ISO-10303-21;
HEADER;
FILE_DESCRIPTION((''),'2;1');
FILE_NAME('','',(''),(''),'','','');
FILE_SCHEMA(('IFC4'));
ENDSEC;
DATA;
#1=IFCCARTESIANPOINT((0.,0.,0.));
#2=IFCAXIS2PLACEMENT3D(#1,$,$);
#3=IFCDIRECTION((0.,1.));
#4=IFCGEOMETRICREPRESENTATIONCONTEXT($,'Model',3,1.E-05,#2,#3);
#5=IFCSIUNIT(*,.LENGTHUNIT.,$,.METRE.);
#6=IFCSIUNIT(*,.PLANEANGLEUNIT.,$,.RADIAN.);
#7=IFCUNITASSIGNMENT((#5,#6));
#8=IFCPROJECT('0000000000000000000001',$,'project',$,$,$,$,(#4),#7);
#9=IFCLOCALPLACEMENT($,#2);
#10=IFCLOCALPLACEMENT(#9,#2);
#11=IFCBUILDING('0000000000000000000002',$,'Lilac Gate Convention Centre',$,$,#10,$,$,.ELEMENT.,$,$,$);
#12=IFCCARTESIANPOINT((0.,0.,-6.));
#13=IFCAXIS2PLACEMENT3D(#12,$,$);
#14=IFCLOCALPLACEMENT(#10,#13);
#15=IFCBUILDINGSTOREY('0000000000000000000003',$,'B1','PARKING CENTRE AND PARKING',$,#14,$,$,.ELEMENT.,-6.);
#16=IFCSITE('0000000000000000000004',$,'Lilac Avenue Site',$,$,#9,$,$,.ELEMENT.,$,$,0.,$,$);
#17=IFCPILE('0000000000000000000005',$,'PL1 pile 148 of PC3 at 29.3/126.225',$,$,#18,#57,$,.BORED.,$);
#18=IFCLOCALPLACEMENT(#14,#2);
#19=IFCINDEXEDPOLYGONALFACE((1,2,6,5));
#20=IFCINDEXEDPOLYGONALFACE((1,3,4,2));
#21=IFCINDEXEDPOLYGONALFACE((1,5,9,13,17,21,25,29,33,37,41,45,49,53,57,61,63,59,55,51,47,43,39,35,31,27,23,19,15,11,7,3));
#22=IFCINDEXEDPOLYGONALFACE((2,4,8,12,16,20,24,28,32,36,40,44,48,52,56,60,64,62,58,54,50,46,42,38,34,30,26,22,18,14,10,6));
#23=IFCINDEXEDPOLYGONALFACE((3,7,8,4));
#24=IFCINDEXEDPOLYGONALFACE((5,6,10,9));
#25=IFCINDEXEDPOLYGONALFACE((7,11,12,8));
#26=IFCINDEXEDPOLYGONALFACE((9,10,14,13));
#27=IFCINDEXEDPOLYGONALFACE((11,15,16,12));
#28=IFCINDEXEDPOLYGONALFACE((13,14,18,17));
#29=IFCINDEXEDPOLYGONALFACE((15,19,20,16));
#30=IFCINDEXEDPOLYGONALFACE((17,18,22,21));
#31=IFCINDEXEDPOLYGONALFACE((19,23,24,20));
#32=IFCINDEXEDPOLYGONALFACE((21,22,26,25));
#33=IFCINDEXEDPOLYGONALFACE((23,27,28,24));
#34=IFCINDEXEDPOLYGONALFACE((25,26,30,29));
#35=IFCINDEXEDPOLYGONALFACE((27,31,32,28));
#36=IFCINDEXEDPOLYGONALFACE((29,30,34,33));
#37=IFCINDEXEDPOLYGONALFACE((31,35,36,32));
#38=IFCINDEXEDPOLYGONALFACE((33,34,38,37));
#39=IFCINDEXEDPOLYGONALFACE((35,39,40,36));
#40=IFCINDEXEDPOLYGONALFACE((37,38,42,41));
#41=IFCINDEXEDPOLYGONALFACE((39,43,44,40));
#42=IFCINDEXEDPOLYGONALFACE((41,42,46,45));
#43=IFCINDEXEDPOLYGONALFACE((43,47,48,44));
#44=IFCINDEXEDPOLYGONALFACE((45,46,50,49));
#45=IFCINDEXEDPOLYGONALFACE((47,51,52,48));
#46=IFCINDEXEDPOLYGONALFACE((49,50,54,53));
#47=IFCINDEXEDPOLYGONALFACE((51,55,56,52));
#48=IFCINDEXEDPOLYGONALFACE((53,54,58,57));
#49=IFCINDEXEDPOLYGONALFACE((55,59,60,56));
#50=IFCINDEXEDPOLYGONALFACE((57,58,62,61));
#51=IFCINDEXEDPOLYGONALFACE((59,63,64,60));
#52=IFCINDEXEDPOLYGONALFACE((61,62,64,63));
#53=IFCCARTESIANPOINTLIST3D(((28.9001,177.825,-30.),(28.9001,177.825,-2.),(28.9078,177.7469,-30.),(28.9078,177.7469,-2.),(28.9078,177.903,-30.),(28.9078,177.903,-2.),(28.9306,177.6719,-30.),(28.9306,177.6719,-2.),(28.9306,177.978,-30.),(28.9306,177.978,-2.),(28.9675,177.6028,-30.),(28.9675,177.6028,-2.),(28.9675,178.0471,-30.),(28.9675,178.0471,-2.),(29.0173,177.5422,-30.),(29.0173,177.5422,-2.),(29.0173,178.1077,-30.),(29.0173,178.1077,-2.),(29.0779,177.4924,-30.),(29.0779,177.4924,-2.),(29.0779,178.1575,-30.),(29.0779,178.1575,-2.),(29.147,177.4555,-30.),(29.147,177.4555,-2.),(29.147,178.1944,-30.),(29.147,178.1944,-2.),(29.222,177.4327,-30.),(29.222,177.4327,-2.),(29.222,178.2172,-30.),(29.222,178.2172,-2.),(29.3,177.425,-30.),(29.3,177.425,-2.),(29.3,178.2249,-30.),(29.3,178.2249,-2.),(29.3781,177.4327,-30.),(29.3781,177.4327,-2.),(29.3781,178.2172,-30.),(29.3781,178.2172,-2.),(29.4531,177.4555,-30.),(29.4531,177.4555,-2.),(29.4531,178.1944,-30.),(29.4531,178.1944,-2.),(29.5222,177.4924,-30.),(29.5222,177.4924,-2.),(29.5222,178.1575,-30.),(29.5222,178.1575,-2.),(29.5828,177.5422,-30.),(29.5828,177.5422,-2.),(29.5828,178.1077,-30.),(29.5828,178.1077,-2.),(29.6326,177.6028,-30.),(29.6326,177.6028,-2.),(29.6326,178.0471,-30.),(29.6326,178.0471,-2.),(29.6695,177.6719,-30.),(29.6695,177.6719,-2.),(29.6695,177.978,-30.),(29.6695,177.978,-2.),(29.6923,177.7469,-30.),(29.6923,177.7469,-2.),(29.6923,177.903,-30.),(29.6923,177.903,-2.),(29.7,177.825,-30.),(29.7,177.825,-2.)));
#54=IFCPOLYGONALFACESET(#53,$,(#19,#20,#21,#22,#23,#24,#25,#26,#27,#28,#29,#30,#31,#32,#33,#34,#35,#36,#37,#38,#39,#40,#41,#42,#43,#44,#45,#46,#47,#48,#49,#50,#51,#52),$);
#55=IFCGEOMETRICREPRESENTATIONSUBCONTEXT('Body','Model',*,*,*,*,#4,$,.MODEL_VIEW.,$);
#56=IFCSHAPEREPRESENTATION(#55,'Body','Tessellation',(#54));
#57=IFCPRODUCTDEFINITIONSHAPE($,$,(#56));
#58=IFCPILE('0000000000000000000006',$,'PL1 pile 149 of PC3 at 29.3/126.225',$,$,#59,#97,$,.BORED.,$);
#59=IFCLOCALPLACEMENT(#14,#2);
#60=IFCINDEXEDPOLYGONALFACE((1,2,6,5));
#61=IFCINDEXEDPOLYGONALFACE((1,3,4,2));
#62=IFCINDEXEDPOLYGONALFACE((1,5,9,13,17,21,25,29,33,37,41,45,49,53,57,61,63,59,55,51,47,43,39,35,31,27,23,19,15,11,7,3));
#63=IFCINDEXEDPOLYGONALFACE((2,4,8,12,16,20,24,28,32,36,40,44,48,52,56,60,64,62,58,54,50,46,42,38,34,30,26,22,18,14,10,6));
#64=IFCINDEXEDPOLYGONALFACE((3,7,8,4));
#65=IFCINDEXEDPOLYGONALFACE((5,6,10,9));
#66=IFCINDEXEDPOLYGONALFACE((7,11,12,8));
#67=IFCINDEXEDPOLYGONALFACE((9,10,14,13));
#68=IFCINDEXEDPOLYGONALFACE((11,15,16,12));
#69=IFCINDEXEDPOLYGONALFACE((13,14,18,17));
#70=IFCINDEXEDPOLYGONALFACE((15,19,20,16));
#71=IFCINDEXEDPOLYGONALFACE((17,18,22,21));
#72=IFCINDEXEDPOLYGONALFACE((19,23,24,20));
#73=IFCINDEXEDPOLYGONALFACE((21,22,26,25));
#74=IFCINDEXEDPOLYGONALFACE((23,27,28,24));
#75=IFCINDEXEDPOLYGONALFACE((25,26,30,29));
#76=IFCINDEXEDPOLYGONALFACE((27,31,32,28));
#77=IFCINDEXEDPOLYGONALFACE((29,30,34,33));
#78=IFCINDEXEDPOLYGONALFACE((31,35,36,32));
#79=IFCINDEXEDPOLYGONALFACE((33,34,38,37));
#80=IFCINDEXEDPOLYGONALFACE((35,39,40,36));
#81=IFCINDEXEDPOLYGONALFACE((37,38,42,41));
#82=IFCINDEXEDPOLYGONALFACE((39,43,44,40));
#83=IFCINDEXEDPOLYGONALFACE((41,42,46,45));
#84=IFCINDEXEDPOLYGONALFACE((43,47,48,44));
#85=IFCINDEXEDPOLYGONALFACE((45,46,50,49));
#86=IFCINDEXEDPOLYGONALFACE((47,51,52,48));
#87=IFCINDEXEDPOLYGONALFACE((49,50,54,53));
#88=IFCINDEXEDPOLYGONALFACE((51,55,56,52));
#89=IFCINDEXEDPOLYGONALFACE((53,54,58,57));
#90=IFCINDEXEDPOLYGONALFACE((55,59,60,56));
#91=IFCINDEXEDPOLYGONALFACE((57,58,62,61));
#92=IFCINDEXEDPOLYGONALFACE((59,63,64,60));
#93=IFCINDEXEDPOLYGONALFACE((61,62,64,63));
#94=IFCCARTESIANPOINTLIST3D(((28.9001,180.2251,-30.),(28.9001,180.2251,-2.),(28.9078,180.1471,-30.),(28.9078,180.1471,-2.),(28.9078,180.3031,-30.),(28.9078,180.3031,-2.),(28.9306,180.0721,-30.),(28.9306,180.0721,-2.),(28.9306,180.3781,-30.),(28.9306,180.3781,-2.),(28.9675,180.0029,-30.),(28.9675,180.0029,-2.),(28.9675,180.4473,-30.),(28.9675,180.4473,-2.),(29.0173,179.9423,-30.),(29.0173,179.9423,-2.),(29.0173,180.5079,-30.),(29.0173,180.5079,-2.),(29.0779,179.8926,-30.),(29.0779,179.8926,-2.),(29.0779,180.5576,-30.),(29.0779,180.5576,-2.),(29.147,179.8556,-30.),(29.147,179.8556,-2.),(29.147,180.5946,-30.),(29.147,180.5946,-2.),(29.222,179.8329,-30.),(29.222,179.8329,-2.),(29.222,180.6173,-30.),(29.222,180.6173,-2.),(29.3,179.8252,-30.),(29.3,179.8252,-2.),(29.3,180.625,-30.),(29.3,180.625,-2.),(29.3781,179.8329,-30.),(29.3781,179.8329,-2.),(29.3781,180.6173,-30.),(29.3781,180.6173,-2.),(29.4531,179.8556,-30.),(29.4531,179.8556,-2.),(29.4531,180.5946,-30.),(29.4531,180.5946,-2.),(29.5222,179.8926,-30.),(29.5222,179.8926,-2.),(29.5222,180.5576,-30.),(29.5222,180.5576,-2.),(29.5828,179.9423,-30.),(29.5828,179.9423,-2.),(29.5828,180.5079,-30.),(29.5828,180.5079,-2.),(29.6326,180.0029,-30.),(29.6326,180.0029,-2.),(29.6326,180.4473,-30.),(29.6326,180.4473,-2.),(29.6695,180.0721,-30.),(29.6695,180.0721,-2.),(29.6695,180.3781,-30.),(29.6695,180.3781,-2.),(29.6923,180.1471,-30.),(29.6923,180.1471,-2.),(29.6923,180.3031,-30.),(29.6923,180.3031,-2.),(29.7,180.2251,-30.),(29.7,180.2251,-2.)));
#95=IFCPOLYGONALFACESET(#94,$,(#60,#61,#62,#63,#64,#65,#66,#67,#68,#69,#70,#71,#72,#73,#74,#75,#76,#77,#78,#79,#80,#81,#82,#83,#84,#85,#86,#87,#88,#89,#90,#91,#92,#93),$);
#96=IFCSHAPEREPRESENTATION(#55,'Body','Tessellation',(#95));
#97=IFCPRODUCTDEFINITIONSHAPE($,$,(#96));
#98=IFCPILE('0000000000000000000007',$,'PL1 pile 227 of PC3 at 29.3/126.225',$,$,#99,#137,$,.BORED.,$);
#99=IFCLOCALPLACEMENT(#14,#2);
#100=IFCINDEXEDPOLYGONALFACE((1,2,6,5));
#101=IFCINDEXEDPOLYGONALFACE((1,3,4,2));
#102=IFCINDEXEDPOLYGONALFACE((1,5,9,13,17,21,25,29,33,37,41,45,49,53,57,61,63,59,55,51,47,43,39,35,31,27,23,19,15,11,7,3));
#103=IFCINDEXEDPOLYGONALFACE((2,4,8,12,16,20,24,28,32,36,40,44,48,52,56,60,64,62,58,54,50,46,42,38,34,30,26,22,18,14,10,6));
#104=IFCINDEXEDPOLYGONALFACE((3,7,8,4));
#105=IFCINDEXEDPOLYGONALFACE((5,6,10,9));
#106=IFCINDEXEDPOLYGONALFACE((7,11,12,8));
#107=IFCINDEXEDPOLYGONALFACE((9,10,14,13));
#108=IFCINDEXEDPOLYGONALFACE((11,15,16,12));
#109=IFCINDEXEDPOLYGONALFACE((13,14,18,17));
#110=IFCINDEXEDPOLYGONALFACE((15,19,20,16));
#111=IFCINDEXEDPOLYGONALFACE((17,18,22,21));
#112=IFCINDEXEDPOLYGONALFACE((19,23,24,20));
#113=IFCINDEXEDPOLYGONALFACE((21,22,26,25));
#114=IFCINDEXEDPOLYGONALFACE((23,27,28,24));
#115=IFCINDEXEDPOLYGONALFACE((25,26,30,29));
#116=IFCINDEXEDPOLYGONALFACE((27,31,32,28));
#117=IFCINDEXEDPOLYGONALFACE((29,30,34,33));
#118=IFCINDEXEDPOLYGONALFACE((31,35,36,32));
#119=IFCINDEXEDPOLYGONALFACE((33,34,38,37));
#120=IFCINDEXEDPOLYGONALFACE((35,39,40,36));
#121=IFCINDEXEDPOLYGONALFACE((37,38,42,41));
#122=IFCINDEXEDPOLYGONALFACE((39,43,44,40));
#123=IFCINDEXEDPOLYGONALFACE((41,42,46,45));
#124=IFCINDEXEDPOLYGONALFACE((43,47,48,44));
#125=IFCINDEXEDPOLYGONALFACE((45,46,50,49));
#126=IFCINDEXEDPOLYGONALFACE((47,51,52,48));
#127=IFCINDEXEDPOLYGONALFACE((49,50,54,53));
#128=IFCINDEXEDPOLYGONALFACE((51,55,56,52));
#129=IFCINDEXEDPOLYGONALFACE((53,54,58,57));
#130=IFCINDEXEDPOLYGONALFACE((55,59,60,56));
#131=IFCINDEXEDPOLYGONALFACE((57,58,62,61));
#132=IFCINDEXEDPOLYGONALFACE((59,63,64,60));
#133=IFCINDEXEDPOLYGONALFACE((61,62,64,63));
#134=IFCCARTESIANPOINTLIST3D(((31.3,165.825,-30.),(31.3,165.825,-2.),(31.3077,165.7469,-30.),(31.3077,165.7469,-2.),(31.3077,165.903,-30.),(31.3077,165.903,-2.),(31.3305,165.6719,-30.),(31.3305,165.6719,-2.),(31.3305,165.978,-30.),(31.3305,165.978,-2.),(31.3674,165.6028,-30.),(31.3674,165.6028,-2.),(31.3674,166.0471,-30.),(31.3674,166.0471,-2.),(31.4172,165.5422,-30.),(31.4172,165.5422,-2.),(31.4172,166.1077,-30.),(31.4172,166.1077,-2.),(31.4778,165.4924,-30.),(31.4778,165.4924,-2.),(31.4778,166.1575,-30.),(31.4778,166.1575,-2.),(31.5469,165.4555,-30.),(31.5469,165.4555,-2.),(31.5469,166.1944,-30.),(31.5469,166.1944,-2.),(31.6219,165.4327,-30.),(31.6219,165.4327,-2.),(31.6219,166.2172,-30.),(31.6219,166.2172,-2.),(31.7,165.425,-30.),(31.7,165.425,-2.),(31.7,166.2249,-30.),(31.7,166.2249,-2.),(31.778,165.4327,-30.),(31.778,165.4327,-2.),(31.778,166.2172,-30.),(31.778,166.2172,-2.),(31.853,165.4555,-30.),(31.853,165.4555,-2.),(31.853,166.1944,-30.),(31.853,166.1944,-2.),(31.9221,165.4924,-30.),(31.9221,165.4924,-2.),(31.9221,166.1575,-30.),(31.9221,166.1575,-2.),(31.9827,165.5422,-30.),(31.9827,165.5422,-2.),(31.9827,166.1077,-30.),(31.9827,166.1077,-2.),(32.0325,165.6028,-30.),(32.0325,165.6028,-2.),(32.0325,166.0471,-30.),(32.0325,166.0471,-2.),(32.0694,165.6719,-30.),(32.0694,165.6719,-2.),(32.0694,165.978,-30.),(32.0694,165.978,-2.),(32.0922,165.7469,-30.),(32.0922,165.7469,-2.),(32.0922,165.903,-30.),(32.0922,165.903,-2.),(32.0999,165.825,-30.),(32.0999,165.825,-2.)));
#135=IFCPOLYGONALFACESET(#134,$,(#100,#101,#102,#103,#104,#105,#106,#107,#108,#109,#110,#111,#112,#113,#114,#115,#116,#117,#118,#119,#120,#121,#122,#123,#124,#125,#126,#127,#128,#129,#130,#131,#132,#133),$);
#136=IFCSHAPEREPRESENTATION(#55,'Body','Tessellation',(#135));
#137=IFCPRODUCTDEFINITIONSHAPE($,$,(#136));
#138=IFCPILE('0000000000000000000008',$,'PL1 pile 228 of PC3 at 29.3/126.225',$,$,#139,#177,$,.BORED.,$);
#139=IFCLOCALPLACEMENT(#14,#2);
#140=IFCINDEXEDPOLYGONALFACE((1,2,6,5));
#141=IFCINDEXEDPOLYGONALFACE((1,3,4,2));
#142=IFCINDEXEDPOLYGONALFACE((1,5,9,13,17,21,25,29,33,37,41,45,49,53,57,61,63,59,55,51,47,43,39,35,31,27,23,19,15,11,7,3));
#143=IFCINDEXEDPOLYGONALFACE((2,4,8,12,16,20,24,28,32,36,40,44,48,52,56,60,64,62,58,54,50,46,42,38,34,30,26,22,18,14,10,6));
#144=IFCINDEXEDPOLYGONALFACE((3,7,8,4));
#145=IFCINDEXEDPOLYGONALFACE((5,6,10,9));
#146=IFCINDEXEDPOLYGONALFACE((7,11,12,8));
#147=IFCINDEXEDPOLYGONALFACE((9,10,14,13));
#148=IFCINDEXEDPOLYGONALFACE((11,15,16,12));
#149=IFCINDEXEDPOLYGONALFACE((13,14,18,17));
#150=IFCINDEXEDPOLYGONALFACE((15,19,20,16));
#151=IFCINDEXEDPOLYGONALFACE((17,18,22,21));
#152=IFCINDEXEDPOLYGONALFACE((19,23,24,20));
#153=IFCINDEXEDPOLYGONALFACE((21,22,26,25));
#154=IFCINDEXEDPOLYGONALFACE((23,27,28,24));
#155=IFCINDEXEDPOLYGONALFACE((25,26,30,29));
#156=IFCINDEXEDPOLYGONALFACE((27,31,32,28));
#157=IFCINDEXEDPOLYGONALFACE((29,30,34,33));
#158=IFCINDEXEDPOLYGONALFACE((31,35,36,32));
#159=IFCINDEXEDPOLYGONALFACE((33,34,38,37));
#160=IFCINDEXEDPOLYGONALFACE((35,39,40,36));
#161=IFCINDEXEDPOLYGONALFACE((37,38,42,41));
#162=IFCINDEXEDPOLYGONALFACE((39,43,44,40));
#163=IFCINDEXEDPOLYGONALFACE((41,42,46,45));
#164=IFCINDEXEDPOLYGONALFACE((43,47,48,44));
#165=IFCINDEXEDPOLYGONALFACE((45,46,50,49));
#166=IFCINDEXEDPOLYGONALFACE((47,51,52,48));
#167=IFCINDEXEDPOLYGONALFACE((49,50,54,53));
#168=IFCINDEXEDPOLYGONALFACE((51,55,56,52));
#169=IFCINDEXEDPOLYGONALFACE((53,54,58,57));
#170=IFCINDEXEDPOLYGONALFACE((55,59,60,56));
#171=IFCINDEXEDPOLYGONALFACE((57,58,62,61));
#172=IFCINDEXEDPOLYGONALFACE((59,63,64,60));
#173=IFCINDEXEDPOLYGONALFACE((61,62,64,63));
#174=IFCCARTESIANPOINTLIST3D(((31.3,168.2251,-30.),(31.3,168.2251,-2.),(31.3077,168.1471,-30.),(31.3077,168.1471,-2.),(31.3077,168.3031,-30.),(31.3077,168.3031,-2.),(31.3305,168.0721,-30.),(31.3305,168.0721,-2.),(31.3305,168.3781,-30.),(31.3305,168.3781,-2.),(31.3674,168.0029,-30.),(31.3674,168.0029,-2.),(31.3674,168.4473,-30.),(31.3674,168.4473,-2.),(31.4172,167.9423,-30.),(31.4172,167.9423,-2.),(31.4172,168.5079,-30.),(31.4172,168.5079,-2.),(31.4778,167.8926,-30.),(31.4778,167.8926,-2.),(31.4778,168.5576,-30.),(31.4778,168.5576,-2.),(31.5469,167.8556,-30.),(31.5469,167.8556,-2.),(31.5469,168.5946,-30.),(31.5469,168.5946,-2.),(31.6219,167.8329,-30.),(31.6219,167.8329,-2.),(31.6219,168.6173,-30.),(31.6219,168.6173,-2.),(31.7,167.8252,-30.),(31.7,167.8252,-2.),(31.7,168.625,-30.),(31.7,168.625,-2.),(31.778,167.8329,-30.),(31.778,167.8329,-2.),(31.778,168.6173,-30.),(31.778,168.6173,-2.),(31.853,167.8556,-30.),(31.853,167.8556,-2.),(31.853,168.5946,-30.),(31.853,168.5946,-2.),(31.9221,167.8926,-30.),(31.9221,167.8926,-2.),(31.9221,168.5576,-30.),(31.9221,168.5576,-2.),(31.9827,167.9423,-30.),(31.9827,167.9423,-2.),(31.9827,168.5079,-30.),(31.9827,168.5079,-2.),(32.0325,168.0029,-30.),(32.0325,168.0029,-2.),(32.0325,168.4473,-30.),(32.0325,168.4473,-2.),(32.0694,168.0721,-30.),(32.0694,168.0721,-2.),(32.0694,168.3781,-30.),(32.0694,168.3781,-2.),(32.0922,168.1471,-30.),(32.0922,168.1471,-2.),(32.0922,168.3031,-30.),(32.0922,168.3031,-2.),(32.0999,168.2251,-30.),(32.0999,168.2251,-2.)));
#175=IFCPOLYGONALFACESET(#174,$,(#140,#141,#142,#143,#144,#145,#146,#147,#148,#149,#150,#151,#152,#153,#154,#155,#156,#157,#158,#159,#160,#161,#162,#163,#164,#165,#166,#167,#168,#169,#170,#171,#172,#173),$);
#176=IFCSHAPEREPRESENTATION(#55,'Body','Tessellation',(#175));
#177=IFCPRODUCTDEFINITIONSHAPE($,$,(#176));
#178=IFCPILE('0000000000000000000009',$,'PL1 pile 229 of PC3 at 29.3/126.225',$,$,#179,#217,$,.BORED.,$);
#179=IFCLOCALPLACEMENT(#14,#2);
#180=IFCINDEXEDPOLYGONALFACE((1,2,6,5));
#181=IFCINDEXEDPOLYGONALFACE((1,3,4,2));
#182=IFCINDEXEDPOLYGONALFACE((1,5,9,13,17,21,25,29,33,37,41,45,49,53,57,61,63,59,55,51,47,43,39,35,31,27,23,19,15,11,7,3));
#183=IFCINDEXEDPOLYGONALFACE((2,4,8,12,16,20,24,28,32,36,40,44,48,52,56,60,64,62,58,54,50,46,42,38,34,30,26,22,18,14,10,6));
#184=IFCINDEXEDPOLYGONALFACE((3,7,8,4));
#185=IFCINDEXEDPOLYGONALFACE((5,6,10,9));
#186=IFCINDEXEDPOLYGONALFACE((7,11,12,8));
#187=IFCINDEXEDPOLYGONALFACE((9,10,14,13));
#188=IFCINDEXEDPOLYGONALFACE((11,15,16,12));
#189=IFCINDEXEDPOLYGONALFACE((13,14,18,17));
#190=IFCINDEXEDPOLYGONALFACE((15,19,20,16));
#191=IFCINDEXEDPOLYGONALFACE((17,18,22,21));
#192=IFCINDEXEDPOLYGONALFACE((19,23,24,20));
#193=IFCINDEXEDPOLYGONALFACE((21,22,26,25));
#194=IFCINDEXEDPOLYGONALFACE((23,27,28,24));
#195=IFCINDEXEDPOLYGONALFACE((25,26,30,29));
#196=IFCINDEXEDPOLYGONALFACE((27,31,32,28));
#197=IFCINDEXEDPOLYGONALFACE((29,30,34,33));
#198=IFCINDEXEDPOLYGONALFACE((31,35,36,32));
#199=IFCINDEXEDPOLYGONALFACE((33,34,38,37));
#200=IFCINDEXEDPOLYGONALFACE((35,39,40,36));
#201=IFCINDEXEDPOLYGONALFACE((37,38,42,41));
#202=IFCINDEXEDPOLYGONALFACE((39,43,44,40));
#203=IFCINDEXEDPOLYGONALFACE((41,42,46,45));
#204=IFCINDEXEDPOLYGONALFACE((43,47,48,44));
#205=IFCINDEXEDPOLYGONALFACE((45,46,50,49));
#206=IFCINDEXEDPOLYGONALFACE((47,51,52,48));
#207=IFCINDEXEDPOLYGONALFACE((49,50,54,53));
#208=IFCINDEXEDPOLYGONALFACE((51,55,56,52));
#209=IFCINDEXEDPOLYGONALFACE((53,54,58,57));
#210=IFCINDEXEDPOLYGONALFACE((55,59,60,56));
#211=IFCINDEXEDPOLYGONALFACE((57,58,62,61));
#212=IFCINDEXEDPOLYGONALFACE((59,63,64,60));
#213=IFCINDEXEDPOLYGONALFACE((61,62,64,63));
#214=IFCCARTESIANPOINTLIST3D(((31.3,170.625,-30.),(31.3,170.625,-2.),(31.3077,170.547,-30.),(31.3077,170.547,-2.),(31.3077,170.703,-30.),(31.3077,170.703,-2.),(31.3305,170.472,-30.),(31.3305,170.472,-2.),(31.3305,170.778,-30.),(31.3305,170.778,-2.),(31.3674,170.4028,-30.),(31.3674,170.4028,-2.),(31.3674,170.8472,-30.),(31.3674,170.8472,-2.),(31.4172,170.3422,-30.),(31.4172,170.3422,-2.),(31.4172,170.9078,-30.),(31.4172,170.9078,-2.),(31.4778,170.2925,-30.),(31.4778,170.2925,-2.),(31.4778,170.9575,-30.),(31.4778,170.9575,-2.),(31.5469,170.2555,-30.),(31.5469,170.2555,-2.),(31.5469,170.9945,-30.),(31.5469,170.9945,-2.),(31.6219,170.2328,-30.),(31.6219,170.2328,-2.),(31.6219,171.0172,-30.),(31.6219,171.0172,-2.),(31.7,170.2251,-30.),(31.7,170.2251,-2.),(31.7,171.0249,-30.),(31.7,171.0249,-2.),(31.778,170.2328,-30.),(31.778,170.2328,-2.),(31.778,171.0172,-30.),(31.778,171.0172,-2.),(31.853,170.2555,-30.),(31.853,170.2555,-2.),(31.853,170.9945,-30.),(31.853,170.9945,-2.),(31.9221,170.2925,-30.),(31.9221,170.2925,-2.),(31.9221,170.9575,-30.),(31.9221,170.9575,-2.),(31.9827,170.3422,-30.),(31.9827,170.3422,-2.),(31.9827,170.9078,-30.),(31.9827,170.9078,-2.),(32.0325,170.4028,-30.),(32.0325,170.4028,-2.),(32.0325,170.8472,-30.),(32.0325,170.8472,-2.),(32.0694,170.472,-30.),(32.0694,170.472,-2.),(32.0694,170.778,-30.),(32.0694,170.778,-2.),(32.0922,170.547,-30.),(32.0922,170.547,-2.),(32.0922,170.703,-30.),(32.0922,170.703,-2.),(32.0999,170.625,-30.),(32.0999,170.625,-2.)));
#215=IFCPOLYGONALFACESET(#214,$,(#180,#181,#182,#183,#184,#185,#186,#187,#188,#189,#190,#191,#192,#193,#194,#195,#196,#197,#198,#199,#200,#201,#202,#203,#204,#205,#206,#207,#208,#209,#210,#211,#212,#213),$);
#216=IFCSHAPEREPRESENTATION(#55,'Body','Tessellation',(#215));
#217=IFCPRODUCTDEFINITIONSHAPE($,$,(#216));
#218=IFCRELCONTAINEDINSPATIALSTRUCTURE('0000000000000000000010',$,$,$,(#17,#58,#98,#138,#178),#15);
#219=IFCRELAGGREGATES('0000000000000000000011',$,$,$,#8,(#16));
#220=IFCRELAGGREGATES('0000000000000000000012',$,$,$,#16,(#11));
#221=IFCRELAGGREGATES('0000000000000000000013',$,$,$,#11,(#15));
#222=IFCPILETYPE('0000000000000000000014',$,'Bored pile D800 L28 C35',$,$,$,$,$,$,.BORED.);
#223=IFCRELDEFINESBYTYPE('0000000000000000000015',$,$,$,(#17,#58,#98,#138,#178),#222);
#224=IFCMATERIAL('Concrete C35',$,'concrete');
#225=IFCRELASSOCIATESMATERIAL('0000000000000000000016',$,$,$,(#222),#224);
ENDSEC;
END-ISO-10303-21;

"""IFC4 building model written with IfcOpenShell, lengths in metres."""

from ifc_helpers import new_model, si_unit, direction, frame, origin, origin_2d, place, context, subcontext, project, spatial, circle, extrude, material, material_profile, profile_set, type_object, element, save


model = new_model("IFC4")

# Units and contexts
model_context = context("Model", 3, precision=1e-05, world=origin(), true_north=direction((0.0, 1.0)))
body_context = subcontext(model_context, "Body", "Model", "MODEL_VIEW")
ifc_project = project(units=[si_unit("LENGTHUNIT", "METRE"), si_unit("PLANEANGLEUNIT", "RADIAN")], contexts=[model_context])

# Site, building, storey
site_placement = place(None, origin())
site = spatial("IfcSite", under=ifc_project, at=site_placement, Name="Lilac Avenue Site", CompositionType="ELEMENT", RefElevation=0.0)
building_placement = place(site_placement, origin())
building = spatial("IfcBuilding", under=site, at=building_placement, Name="Lilac Gate Convention Centre", CompositionType="ELEMENT")
storey_placement = place(building_placement, frame((0.0, 0.0, -6.0)))
storey = spatial("IfcBuildingStorey", under=building, at=storey_placement, Name="B1", Description="PARKING CENTRE AND PARKING", CompositionType="ELEMENT", Elevation=-6.0)

# Piles
ifc_material_1 = material(Name="Concrete C35", Category="concrete")
ifc_material_profile_1 = material_profile(ifc_material_1, circle(Radius=0.3999, at=origin_2d()), Name="D800")
ifc_profile_set_1 = profile_set([ifc_material_profile_1], Name="Concrete C35")
pile_type = type_object("IfcPileType", Name="Bored pile D800 L28 C35", PredefinedType="BORED", material=ifc_profile_set_1)
for number, where, z_axis, x_axis, name in (
    (1, (29.3, 177.825, -2.0), (0.0, 0.0, -1.0), (1.0, 0.0, 0.0), "PL1 pile 148 of PC3 at 29.3/126.225"),
    (2, (29.3, 180.2251, -2.0), (0.0, 0.0, -1.0), (1.0, 0.0, 0.0), "PL1 pile 149 of PC3 at 29.3/126.225"),
    (3, (31.7, 165.825, -2.0), (0.0, 0.0, -1.0), (1.0, 0.0, 0.0), "PL1 pile 227 of PC3 at 29.3/126.225"),
    (4, (31.7, 168.2251, -2.0), (0.0, 0.0, -1.0), (1.0, 0.0, 0.0), "PL1 pile 228 of PC3 at 29.3/126.225"),
    (5, (31.7, 170.625, -2.0), (0.0, 0.0, -1.0), (1.0, 0.0, 0.0), "PL1 pile 229 of PC3 at 29.3/126.225"),
):
    element("IfcPile", number, at=place(storey_placement, frame(where, z_axis=z_axis, x_axis=x_axis)), inside=storey, type_object=pile_type, Name=name, PredefinedType="BORED", context=body_context, shape_type="SweptSolid", body=[
        extrude(circle(Radius=0.3999, at=origin_2d()), origin(), (0.0, 0.0, 1.0), 28.0),
    ])

save(model, "model.ifc")
